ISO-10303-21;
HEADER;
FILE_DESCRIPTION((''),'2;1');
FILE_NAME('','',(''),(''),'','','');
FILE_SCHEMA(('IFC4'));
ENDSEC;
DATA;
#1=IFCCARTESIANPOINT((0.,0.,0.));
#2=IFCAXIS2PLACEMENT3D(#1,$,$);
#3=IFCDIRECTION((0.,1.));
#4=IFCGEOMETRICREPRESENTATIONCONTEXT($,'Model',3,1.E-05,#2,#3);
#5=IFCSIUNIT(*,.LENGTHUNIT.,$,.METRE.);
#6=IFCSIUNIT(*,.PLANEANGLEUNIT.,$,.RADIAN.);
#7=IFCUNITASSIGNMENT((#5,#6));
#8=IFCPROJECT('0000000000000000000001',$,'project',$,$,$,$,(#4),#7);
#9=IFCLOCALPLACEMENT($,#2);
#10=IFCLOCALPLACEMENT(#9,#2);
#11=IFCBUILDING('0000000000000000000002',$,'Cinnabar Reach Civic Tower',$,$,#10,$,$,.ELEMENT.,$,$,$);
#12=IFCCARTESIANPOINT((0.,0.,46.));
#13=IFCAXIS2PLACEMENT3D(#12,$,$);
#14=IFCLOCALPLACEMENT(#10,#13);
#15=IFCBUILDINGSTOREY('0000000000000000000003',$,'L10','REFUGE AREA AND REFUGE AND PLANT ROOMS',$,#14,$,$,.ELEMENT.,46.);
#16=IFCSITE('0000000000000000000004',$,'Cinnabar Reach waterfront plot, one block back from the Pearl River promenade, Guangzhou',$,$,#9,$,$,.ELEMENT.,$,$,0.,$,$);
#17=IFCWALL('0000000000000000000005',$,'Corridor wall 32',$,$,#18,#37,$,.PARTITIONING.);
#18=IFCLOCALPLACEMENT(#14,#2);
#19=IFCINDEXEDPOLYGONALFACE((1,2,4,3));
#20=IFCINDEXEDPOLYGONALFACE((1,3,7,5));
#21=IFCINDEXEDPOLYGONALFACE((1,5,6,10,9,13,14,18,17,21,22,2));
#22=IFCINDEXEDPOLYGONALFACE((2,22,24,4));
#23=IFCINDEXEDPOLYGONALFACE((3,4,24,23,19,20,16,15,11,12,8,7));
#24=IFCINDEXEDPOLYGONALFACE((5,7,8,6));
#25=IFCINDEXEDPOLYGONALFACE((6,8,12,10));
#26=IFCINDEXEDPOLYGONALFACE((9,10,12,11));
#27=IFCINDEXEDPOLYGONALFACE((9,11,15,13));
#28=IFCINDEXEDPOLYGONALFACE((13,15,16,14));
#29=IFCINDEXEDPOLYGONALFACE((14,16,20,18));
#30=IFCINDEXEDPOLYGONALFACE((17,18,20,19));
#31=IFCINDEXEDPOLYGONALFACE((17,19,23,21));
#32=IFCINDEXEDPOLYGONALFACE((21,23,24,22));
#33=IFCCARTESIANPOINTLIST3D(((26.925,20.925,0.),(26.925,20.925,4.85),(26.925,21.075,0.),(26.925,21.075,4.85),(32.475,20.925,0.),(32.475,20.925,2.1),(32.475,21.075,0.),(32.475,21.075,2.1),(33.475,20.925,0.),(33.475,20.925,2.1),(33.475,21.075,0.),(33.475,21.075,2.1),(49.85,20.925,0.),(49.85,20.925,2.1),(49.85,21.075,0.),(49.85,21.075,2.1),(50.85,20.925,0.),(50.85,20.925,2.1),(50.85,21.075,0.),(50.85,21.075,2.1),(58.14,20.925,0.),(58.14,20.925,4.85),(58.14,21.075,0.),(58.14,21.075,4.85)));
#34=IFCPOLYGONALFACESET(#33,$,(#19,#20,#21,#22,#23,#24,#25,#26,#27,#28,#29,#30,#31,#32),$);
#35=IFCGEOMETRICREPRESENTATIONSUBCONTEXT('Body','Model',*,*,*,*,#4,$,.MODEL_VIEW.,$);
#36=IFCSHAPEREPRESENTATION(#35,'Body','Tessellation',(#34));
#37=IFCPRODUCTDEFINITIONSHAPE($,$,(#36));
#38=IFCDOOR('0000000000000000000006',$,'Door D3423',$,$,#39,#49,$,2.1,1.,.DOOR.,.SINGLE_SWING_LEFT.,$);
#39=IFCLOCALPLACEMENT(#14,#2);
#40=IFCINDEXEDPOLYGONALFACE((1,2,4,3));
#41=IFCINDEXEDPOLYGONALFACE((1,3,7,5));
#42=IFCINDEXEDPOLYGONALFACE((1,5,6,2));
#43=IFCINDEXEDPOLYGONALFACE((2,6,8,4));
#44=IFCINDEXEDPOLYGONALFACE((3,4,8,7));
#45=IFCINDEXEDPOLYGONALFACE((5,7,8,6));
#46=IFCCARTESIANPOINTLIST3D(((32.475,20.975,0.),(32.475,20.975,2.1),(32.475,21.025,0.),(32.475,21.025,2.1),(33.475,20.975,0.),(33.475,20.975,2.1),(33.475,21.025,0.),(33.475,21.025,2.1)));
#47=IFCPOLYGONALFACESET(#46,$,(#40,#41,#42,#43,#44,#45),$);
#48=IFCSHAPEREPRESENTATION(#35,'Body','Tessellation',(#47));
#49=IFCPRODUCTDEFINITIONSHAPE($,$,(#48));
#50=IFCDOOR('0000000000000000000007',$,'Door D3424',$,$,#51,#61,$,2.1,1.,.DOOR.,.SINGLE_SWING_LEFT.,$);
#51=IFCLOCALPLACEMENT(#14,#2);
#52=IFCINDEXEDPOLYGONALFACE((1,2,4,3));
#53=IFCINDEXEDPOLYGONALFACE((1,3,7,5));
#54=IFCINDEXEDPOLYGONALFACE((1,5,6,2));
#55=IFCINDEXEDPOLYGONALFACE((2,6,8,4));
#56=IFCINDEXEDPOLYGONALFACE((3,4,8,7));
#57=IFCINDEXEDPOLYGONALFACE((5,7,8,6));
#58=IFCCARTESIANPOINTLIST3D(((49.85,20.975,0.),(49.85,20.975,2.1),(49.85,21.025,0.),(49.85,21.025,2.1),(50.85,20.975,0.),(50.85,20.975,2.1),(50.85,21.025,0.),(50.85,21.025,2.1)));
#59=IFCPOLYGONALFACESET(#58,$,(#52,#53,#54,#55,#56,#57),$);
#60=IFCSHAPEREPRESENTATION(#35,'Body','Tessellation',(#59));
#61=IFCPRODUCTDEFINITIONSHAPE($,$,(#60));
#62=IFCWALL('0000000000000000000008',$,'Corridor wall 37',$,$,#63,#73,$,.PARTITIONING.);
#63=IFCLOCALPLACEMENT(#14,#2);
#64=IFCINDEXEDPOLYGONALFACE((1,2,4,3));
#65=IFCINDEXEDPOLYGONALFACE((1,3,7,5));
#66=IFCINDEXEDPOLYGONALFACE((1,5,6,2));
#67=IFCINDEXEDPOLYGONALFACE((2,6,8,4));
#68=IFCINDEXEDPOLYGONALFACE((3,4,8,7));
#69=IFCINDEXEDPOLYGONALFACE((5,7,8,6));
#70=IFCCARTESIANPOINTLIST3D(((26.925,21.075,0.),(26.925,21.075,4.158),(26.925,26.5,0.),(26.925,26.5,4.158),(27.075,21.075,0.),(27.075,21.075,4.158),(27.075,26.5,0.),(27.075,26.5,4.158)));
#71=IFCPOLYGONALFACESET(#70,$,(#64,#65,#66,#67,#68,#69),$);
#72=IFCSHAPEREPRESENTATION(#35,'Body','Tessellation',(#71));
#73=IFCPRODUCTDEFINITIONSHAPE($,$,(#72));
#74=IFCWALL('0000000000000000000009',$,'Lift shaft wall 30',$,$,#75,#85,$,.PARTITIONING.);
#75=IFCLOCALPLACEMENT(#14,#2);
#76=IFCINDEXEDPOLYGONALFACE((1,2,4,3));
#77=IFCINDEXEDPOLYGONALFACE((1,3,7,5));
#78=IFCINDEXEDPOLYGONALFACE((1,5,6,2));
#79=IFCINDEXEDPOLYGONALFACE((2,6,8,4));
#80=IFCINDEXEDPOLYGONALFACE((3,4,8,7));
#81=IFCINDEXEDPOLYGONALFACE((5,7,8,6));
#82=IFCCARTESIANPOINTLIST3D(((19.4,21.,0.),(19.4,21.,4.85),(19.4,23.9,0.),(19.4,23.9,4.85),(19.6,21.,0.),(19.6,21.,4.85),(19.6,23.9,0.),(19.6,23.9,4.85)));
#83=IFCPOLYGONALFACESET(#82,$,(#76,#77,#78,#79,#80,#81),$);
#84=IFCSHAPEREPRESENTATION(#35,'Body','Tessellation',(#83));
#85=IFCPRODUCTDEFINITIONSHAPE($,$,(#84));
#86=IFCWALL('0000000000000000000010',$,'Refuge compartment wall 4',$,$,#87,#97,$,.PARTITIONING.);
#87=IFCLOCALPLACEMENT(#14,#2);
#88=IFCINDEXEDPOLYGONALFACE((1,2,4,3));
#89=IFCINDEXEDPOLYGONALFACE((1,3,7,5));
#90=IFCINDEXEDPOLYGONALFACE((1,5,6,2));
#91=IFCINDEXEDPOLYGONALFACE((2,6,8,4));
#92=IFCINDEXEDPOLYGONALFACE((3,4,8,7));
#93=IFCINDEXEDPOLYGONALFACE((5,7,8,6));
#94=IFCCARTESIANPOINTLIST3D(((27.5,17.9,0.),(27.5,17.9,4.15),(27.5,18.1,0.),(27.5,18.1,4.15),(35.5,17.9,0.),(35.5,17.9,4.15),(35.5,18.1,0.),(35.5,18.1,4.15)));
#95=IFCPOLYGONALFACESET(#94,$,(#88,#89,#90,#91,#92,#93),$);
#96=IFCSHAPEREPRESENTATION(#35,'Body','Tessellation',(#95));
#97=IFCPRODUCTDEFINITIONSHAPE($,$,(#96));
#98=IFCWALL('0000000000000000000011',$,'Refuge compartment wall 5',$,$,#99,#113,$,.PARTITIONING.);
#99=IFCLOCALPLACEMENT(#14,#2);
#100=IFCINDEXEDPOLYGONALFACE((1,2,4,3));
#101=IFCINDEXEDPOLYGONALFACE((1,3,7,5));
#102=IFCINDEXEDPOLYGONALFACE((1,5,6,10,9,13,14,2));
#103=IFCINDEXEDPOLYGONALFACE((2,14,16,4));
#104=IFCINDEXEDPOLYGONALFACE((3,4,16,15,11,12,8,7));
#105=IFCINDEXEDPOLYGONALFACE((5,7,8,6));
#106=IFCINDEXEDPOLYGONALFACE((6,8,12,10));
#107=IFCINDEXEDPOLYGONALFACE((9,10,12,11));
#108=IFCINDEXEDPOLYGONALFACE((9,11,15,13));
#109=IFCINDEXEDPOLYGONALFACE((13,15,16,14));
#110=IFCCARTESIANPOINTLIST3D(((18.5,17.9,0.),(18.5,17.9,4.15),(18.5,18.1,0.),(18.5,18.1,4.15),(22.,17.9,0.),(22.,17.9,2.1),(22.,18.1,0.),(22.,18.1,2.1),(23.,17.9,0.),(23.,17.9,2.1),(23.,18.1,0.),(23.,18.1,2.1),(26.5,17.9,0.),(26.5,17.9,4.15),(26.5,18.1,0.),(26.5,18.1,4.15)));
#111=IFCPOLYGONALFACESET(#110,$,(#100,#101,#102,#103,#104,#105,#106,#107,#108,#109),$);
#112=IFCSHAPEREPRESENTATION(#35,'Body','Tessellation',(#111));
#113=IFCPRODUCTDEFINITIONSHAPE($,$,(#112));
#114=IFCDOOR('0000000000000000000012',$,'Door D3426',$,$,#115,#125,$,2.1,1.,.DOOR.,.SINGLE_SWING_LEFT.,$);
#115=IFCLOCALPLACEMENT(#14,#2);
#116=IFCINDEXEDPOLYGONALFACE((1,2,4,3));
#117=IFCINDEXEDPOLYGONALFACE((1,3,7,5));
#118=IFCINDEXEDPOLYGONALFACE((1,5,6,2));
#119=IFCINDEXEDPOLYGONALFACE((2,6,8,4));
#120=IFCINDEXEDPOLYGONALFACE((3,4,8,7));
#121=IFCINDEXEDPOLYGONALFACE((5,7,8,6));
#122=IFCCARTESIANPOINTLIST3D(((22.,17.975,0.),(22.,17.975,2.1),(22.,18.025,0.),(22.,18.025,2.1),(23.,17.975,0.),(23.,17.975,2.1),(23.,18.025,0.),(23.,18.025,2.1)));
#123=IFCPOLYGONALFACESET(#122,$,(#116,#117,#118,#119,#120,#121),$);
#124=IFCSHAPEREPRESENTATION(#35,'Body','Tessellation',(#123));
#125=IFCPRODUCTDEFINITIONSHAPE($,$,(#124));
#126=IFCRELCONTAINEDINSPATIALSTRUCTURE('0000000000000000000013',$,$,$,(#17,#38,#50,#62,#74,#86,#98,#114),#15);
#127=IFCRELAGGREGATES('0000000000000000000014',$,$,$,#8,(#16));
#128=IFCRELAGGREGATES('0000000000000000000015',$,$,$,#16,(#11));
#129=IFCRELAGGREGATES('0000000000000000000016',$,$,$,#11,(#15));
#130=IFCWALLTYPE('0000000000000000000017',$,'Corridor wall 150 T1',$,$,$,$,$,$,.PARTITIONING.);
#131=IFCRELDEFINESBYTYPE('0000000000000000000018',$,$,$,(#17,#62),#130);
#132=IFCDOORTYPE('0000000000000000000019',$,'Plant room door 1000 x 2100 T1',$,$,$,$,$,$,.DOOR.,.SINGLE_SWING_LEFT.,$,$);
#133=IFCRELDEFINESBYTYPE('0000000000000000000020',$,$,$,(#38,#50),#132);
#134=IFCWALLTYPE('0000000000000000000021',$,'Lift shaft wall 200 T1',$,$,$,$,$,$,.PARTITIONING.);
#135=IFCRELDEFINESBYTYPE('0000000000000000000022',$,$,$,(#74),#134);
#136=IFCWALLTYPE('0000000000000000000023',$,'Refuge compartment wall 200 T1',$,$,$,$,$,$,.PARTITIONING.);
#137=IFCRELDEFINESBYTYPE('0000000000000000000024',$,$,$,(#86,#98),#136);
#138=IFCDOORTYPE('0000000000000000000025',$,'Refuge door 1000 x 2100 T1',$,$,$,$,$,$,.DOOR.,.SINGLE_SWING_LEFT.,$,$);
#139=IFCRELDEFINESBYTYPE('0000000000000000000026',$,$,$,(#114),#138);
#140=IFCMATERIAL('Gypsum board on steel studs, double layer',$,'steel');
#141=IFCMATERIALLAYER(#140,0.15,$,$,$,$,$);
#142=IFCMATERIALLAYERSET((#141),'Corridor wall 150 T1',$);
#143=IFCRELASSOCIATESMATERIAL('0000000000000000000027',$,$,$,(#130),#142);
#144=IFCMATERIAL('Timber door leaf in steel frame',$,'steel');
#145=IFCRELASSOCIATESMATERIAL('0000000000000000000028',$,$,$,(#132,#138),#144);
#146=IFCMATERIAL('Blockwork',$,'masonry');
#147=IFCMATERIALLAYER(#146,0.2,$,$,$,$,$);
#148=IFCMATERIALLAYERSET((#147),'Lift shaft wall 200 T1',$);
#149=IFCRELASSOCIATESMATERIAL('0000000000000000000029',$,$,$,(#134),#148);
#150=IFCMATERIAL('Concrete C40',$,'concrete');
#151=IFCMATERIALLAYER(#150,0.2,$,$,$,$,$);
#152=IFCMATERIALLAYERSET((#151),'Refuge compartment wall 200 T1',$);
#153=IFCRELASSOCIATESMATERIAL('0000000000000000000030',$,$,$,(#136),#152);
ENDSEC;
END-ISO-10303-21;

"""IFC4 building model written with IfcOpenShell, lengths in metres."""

from ifc_helpers import new_model, si_unit, direction, frame, frame_2d, origin, place, context, subcontext, project, spatial, rectangle, extrude, material, layer, layer_set, type_object, element, fill, save


model = new_model("IFC4")

# Units and contexts
model_context = context("Model", 3, precision=1e-05, world=origin(), true_north=direction((0.0, 1.0)))
body_context = subcontext(model_context, "Body", "Model", "MODEL_VIEW")
ifc_project = project(units=[si_unit("LENGTHUNIT", "METRE"), si_unit("PLANEANGLEUNIT", "RADIAN")], contexts=[model_context])

# Site, building, storey
site_placement = place(None, origin())
site = spatial("IfcSite", under=ifc_project, at=site_placement, Name="Cinnabar Reach waterfront plot, one block back from the Pearl River promenade, Guangzhou", CompositionType="ELEMENT", RefElevation=0.0)
building_placement = place(site_placement, origin())
building = spatial("IfcBuilding", under=site, at=building_placement, Name="Cinnabar Reach Civic Tower", CompositionType="ELEMENT")
storey_placement = place(building_placement, frame((0.0, 0.0, 46.0)))
storey = spatial("IfcBuildingStorey", under=building, at=storey_placement, Name="L10", Description="REFUGE AREA AND REFUGE AND PLANT ROOMS", CompositionType="ELEMENT", Elevation=46.0)

# Shared definitions
ifc_material_1 = material(Name="Timber door leaf in steel frame", Category="steel")

# Wall, openings, doors
ifc_material_2 = material(Name="Gypsum board on steel studs, double layer", Category="steel")
ifc_layer_1 = layer(ifc_material_2, 0.15)
ifc_layer_set_1 = layer_set([ifc_layer_1], Name="Corridor wall 150 T1")
wall_type_1 = type_object("IfcWallType", Name="Corridor wall 150 T1", PredefinedType="PARTITIONING", material=ifc_layer_set_1)
wall_1_placement = place(storey_placement, frame((26.925, 21.0, 0.0), z_axis=(0.0, 0.0, 1.0), x_axis=(1.0, 0.0, 0.0)))
wall_1 = element("IfcWall", 1, at=wall_1_placement, inside=storey, type_object=wall_type_1, Name="Corridor wall 32", PredefinedType="PARTITIONING", context=body_context, shape_type="SweptSolid", body=[
    extrude(rectangle(XDim=31.215, YDim=0.15, at=frame_2d((15.6075, 0.0))), origin(), (0.0, 0.0, 1.0), 4.85),
])
opening_1_placement = place(wall_1_placement, frame((5.55, 0.0, 0.0)))
opening_1 = element("IfcOpeningElement", 2, at=opening_1_placement, cuts=wall_1, PredefinedType="OPENING", context=body_context, shape_type="SweptSolid", body=[
    extrude(rectangle(XDim=1.0, YDim=2.1, at=frame_2d((0.5, 1.05))), frame((0.0, 0.085, 0.0), z_axis=(0.0, -1.0, 0.0), x_axis=(1.0, 0.0, 0.0)), (0.0, 0.0, 1.0), 0.17),
])
opening_2_placement = place(wall_1_placement, frame((22.925, 0.0, 0.0)))
opening_2 = element("IfcOpeningElement", 3, at=opening_2_placement, cuts=wall_1, PredefinedType="OPENING", context=body_context, shape_type="SweptSolid", body=[
    extrude(rectangle(XDim=1.0, YDim=2.1, at=frame_2d((0.5, 1.05))), frame((0.0, 0.085, 0.0), z_axis=(0.0, -1.0, 0.0), x_axis=(1.0, 0.0, 0.0)), (0.0, 0.0, 1.0), 0.17),
])
door_type_1 = type_object("IfcDoorType", Name="Plant room door 1000 x 2100 T1", OperationType="SINGLE_SWING_LEFT", PredefinedType="DOOR", material=ifc_material_1)
door_1_placement = place(opening_1_placement, origin())
door_1 = element("IfcDoor", 4, at=door_1_placement, inside=storey, type_object=door_type_1, Name="Door D3423", OperationType="SINGLE_SWING_LEFT", OverallHeight=2.1, OverallWidth=1.0, PredefinedType="DOOR", context=body_context, shape_type="SweptSolid", body=[
    extrude(rectangle(XDim=1.0, YDim=2.1, at=frame_2d((0.5, 1.05))), frame((0.0, 0.025, 0.0), z_axis=(0.0, -1.0, 0.0), x_axis=(1.0, 0.0, 0.0)), (0.0, 0.0, 1.0), 0.05),
])
fill(opening_1, door_1)
door_2_placement = place(opening_2_placement, origin())
door_2 = element("IfcDoor", 5, at=door_2_placement, inside=storey, type_object=door_type_1, Name="Door D3424", OperationType="SINGLE_SWING_LEFT", OverallHeight=2.1, OverallWidth=1.0, PredefinedType="DOOR", context=body_context, shape_type="SweptSolid", body=[
    extrude(rectangle(XDim=1.0, YDim=2.1, at=frame_2d((0.5, 1.05))), frame((0.0, 0.025, 0.0), z_axis=(0.0, -1.0, 0.0), x_axis=(1.0, 0.0, 0.0)), (0.0, 0.0, 1.0), 0.05),
])
fill(opening_2, door_2)

# Walls
wall_2_placement = place(storey_placement, frame((27.0, 21.075, 0.0), z_axis=(0.0, 0.0, 1.0), x_axis=(0.0, 1.0, 0.0)))
element("IfcWall", 6, at=wall_2_placement, inside=storey, type_object=wall_type_1, Name="Corridor wall 37", PredefinedType="PARTITIONING", context=body_context, shape_type="SweptSolid", body=[
    extrude(rectangle(XDim=5.425, YDim=0.15, at=frame_2d((2.7125, 0.0))), origin(), (0.0, 0.0, 1.0), 4.158),
])
ifc_material_3 = material(Name="Blockwork", Category="masonry")
ifc_layer_2 = layer(ifc_material_3, 0.2)
ifc_layer_set_2 = layer_set([ifc_layer_2], Name="Lift shaft wall 200 T1")
wall_type_2 = type_object("IfcWallType", Name="Lift shaft wall 200 T1", PredefinedType="PARTITIONING", material=ifc_layer_set_2)
wall_3_placement = place(storey_placement, frame((19.5, 21.0, 0.0), z_axis=(0.0, 0.0, 1.0), x_axis=(0.0, 1.0, 0.0)))
element("IfcWall", 7, at=wall_3_placement, inside=storey, type_object=wall_type_2, Name="Lift shaft wall 30", PredefinedType="PARTITIONING", context=body_context, shape_type="SweptSolid", body=[
    extrude(rectangle(XDim=2.9, YDim=0.2, at=frame_2d((1.45, 0.0))), origin(), (0.0, 0.0, 1.0), 4.85),
])
ifc_material_4 = material(Name="Concrete C40", Category="concrete")
ifc_layer_3 = layer(ifc_material_4, 0.2)
ifc_layer_set_3 = layer_set([ifc_layer_3], Name="Refuge compartment wall 200 T1")
wall_type_3 = type_object("IfcWallType", Name="Refuge compartment wall 200 T1", PredefinedType="PARTITIONING", material=ifc_layer_set_3)
wall_4_placement = place(storey_placement, frame((27.5, 18.0, 0.0), z_axis=(0.0, 0.0, 1.0), x_axis=(1.0, 0.0, 0.0)))
element("IfcWall", 8, at=wall_4_placement, inside=storey, type_object=wall_type_3, Name="Refuge compartment wall 4", PredefinedType="PARTITIONING", context=body_context, shape_type="SweptSolid", body=[
    extrude(rectangle(XDim=8.0, YDim=0.2, at=frame_2d((4.0, 0.0))), origin(), (0.0, 0.0, 1.0), 4.15),
])

# Wall, opening, door
wall_5_placement = place(storey_placement, frame((18.5, 18.0, 0.0), z_axis=(0.0, 0.0, 1.0), x_axis=(1.0, 0.0, 0.0)))
wall_5 = element("IfcWall", 9, at=wall_5_placement, inside=storey, type_object=wall_type_3, Name="Refuge compartment wall 5", PredefinedType="PARTITIONING", context=body_context, shape_type="SweptSolid", body=[
    extrude(rectangle(XDim=8.0, YDim=0.2, at=frame_2d((4.0, 0.0))), origin(), (0.0, 0.0, 1.0), 4.15),
])
opening_3_placement = place(wall_5_placement, frame((3.5, 0.0, 0.0)))
opening_3 = element("IfcOpeningElement", 10, at=opening_3_placement, cuts=wall_5, PredefinedType="OPENING", context=body_context, shape_type="SweptSolid", body=[
    extrude(rectangle(XDim=1.0, YDim=2.1, at=frame_2d((0.5, 1.05))), frame((0.0, 0.11, 0.0), z_axis=(0.0, -1.0, 0.0), x_axis=(1.0, 0.0, 0.0)), (0.0, 0.0, 1.0), 0.22),
])
door_type_2 = type_object("IfcDoorType", Name="Refuge door 1000 x 2100 T1", OperationType="SINGLE_SWING_LEFT", PredefinedType="DOOR", material=ifc_material_1)
door_3_placement = place(opening_3_placement, frame((1.0, 0.0, 0.0), z_axis=(0.0, 0.0, 1.0), x_axis=(-1.0, 0.0, 0.0)))
door_3 = element("IfcDoor", 11, at=door_3_placement, inside=storey, type_object=door_type_2, Name="Door D3426", OperationType="SINGLE_SWING_LEFT", OverallHeight=2.1, OverallWidth=1.0, PredefinedType="DOOR", context=body_context, shape_type="SweptSolid", body=[
    extrude(rectangle(XDim=1.0, YDim=2.1, at=frame_2d((0.5, 1.05))), frame((0.0, 0.025, 0.0), z_axis=(0.0, -1.0, 0.0), x_axis=(1.0, 0.0, 0.0)), (0.0, 0.0, 1.0), 0.05),
])
fill(opening_3, door_3)

save(model, "model.ifc")
